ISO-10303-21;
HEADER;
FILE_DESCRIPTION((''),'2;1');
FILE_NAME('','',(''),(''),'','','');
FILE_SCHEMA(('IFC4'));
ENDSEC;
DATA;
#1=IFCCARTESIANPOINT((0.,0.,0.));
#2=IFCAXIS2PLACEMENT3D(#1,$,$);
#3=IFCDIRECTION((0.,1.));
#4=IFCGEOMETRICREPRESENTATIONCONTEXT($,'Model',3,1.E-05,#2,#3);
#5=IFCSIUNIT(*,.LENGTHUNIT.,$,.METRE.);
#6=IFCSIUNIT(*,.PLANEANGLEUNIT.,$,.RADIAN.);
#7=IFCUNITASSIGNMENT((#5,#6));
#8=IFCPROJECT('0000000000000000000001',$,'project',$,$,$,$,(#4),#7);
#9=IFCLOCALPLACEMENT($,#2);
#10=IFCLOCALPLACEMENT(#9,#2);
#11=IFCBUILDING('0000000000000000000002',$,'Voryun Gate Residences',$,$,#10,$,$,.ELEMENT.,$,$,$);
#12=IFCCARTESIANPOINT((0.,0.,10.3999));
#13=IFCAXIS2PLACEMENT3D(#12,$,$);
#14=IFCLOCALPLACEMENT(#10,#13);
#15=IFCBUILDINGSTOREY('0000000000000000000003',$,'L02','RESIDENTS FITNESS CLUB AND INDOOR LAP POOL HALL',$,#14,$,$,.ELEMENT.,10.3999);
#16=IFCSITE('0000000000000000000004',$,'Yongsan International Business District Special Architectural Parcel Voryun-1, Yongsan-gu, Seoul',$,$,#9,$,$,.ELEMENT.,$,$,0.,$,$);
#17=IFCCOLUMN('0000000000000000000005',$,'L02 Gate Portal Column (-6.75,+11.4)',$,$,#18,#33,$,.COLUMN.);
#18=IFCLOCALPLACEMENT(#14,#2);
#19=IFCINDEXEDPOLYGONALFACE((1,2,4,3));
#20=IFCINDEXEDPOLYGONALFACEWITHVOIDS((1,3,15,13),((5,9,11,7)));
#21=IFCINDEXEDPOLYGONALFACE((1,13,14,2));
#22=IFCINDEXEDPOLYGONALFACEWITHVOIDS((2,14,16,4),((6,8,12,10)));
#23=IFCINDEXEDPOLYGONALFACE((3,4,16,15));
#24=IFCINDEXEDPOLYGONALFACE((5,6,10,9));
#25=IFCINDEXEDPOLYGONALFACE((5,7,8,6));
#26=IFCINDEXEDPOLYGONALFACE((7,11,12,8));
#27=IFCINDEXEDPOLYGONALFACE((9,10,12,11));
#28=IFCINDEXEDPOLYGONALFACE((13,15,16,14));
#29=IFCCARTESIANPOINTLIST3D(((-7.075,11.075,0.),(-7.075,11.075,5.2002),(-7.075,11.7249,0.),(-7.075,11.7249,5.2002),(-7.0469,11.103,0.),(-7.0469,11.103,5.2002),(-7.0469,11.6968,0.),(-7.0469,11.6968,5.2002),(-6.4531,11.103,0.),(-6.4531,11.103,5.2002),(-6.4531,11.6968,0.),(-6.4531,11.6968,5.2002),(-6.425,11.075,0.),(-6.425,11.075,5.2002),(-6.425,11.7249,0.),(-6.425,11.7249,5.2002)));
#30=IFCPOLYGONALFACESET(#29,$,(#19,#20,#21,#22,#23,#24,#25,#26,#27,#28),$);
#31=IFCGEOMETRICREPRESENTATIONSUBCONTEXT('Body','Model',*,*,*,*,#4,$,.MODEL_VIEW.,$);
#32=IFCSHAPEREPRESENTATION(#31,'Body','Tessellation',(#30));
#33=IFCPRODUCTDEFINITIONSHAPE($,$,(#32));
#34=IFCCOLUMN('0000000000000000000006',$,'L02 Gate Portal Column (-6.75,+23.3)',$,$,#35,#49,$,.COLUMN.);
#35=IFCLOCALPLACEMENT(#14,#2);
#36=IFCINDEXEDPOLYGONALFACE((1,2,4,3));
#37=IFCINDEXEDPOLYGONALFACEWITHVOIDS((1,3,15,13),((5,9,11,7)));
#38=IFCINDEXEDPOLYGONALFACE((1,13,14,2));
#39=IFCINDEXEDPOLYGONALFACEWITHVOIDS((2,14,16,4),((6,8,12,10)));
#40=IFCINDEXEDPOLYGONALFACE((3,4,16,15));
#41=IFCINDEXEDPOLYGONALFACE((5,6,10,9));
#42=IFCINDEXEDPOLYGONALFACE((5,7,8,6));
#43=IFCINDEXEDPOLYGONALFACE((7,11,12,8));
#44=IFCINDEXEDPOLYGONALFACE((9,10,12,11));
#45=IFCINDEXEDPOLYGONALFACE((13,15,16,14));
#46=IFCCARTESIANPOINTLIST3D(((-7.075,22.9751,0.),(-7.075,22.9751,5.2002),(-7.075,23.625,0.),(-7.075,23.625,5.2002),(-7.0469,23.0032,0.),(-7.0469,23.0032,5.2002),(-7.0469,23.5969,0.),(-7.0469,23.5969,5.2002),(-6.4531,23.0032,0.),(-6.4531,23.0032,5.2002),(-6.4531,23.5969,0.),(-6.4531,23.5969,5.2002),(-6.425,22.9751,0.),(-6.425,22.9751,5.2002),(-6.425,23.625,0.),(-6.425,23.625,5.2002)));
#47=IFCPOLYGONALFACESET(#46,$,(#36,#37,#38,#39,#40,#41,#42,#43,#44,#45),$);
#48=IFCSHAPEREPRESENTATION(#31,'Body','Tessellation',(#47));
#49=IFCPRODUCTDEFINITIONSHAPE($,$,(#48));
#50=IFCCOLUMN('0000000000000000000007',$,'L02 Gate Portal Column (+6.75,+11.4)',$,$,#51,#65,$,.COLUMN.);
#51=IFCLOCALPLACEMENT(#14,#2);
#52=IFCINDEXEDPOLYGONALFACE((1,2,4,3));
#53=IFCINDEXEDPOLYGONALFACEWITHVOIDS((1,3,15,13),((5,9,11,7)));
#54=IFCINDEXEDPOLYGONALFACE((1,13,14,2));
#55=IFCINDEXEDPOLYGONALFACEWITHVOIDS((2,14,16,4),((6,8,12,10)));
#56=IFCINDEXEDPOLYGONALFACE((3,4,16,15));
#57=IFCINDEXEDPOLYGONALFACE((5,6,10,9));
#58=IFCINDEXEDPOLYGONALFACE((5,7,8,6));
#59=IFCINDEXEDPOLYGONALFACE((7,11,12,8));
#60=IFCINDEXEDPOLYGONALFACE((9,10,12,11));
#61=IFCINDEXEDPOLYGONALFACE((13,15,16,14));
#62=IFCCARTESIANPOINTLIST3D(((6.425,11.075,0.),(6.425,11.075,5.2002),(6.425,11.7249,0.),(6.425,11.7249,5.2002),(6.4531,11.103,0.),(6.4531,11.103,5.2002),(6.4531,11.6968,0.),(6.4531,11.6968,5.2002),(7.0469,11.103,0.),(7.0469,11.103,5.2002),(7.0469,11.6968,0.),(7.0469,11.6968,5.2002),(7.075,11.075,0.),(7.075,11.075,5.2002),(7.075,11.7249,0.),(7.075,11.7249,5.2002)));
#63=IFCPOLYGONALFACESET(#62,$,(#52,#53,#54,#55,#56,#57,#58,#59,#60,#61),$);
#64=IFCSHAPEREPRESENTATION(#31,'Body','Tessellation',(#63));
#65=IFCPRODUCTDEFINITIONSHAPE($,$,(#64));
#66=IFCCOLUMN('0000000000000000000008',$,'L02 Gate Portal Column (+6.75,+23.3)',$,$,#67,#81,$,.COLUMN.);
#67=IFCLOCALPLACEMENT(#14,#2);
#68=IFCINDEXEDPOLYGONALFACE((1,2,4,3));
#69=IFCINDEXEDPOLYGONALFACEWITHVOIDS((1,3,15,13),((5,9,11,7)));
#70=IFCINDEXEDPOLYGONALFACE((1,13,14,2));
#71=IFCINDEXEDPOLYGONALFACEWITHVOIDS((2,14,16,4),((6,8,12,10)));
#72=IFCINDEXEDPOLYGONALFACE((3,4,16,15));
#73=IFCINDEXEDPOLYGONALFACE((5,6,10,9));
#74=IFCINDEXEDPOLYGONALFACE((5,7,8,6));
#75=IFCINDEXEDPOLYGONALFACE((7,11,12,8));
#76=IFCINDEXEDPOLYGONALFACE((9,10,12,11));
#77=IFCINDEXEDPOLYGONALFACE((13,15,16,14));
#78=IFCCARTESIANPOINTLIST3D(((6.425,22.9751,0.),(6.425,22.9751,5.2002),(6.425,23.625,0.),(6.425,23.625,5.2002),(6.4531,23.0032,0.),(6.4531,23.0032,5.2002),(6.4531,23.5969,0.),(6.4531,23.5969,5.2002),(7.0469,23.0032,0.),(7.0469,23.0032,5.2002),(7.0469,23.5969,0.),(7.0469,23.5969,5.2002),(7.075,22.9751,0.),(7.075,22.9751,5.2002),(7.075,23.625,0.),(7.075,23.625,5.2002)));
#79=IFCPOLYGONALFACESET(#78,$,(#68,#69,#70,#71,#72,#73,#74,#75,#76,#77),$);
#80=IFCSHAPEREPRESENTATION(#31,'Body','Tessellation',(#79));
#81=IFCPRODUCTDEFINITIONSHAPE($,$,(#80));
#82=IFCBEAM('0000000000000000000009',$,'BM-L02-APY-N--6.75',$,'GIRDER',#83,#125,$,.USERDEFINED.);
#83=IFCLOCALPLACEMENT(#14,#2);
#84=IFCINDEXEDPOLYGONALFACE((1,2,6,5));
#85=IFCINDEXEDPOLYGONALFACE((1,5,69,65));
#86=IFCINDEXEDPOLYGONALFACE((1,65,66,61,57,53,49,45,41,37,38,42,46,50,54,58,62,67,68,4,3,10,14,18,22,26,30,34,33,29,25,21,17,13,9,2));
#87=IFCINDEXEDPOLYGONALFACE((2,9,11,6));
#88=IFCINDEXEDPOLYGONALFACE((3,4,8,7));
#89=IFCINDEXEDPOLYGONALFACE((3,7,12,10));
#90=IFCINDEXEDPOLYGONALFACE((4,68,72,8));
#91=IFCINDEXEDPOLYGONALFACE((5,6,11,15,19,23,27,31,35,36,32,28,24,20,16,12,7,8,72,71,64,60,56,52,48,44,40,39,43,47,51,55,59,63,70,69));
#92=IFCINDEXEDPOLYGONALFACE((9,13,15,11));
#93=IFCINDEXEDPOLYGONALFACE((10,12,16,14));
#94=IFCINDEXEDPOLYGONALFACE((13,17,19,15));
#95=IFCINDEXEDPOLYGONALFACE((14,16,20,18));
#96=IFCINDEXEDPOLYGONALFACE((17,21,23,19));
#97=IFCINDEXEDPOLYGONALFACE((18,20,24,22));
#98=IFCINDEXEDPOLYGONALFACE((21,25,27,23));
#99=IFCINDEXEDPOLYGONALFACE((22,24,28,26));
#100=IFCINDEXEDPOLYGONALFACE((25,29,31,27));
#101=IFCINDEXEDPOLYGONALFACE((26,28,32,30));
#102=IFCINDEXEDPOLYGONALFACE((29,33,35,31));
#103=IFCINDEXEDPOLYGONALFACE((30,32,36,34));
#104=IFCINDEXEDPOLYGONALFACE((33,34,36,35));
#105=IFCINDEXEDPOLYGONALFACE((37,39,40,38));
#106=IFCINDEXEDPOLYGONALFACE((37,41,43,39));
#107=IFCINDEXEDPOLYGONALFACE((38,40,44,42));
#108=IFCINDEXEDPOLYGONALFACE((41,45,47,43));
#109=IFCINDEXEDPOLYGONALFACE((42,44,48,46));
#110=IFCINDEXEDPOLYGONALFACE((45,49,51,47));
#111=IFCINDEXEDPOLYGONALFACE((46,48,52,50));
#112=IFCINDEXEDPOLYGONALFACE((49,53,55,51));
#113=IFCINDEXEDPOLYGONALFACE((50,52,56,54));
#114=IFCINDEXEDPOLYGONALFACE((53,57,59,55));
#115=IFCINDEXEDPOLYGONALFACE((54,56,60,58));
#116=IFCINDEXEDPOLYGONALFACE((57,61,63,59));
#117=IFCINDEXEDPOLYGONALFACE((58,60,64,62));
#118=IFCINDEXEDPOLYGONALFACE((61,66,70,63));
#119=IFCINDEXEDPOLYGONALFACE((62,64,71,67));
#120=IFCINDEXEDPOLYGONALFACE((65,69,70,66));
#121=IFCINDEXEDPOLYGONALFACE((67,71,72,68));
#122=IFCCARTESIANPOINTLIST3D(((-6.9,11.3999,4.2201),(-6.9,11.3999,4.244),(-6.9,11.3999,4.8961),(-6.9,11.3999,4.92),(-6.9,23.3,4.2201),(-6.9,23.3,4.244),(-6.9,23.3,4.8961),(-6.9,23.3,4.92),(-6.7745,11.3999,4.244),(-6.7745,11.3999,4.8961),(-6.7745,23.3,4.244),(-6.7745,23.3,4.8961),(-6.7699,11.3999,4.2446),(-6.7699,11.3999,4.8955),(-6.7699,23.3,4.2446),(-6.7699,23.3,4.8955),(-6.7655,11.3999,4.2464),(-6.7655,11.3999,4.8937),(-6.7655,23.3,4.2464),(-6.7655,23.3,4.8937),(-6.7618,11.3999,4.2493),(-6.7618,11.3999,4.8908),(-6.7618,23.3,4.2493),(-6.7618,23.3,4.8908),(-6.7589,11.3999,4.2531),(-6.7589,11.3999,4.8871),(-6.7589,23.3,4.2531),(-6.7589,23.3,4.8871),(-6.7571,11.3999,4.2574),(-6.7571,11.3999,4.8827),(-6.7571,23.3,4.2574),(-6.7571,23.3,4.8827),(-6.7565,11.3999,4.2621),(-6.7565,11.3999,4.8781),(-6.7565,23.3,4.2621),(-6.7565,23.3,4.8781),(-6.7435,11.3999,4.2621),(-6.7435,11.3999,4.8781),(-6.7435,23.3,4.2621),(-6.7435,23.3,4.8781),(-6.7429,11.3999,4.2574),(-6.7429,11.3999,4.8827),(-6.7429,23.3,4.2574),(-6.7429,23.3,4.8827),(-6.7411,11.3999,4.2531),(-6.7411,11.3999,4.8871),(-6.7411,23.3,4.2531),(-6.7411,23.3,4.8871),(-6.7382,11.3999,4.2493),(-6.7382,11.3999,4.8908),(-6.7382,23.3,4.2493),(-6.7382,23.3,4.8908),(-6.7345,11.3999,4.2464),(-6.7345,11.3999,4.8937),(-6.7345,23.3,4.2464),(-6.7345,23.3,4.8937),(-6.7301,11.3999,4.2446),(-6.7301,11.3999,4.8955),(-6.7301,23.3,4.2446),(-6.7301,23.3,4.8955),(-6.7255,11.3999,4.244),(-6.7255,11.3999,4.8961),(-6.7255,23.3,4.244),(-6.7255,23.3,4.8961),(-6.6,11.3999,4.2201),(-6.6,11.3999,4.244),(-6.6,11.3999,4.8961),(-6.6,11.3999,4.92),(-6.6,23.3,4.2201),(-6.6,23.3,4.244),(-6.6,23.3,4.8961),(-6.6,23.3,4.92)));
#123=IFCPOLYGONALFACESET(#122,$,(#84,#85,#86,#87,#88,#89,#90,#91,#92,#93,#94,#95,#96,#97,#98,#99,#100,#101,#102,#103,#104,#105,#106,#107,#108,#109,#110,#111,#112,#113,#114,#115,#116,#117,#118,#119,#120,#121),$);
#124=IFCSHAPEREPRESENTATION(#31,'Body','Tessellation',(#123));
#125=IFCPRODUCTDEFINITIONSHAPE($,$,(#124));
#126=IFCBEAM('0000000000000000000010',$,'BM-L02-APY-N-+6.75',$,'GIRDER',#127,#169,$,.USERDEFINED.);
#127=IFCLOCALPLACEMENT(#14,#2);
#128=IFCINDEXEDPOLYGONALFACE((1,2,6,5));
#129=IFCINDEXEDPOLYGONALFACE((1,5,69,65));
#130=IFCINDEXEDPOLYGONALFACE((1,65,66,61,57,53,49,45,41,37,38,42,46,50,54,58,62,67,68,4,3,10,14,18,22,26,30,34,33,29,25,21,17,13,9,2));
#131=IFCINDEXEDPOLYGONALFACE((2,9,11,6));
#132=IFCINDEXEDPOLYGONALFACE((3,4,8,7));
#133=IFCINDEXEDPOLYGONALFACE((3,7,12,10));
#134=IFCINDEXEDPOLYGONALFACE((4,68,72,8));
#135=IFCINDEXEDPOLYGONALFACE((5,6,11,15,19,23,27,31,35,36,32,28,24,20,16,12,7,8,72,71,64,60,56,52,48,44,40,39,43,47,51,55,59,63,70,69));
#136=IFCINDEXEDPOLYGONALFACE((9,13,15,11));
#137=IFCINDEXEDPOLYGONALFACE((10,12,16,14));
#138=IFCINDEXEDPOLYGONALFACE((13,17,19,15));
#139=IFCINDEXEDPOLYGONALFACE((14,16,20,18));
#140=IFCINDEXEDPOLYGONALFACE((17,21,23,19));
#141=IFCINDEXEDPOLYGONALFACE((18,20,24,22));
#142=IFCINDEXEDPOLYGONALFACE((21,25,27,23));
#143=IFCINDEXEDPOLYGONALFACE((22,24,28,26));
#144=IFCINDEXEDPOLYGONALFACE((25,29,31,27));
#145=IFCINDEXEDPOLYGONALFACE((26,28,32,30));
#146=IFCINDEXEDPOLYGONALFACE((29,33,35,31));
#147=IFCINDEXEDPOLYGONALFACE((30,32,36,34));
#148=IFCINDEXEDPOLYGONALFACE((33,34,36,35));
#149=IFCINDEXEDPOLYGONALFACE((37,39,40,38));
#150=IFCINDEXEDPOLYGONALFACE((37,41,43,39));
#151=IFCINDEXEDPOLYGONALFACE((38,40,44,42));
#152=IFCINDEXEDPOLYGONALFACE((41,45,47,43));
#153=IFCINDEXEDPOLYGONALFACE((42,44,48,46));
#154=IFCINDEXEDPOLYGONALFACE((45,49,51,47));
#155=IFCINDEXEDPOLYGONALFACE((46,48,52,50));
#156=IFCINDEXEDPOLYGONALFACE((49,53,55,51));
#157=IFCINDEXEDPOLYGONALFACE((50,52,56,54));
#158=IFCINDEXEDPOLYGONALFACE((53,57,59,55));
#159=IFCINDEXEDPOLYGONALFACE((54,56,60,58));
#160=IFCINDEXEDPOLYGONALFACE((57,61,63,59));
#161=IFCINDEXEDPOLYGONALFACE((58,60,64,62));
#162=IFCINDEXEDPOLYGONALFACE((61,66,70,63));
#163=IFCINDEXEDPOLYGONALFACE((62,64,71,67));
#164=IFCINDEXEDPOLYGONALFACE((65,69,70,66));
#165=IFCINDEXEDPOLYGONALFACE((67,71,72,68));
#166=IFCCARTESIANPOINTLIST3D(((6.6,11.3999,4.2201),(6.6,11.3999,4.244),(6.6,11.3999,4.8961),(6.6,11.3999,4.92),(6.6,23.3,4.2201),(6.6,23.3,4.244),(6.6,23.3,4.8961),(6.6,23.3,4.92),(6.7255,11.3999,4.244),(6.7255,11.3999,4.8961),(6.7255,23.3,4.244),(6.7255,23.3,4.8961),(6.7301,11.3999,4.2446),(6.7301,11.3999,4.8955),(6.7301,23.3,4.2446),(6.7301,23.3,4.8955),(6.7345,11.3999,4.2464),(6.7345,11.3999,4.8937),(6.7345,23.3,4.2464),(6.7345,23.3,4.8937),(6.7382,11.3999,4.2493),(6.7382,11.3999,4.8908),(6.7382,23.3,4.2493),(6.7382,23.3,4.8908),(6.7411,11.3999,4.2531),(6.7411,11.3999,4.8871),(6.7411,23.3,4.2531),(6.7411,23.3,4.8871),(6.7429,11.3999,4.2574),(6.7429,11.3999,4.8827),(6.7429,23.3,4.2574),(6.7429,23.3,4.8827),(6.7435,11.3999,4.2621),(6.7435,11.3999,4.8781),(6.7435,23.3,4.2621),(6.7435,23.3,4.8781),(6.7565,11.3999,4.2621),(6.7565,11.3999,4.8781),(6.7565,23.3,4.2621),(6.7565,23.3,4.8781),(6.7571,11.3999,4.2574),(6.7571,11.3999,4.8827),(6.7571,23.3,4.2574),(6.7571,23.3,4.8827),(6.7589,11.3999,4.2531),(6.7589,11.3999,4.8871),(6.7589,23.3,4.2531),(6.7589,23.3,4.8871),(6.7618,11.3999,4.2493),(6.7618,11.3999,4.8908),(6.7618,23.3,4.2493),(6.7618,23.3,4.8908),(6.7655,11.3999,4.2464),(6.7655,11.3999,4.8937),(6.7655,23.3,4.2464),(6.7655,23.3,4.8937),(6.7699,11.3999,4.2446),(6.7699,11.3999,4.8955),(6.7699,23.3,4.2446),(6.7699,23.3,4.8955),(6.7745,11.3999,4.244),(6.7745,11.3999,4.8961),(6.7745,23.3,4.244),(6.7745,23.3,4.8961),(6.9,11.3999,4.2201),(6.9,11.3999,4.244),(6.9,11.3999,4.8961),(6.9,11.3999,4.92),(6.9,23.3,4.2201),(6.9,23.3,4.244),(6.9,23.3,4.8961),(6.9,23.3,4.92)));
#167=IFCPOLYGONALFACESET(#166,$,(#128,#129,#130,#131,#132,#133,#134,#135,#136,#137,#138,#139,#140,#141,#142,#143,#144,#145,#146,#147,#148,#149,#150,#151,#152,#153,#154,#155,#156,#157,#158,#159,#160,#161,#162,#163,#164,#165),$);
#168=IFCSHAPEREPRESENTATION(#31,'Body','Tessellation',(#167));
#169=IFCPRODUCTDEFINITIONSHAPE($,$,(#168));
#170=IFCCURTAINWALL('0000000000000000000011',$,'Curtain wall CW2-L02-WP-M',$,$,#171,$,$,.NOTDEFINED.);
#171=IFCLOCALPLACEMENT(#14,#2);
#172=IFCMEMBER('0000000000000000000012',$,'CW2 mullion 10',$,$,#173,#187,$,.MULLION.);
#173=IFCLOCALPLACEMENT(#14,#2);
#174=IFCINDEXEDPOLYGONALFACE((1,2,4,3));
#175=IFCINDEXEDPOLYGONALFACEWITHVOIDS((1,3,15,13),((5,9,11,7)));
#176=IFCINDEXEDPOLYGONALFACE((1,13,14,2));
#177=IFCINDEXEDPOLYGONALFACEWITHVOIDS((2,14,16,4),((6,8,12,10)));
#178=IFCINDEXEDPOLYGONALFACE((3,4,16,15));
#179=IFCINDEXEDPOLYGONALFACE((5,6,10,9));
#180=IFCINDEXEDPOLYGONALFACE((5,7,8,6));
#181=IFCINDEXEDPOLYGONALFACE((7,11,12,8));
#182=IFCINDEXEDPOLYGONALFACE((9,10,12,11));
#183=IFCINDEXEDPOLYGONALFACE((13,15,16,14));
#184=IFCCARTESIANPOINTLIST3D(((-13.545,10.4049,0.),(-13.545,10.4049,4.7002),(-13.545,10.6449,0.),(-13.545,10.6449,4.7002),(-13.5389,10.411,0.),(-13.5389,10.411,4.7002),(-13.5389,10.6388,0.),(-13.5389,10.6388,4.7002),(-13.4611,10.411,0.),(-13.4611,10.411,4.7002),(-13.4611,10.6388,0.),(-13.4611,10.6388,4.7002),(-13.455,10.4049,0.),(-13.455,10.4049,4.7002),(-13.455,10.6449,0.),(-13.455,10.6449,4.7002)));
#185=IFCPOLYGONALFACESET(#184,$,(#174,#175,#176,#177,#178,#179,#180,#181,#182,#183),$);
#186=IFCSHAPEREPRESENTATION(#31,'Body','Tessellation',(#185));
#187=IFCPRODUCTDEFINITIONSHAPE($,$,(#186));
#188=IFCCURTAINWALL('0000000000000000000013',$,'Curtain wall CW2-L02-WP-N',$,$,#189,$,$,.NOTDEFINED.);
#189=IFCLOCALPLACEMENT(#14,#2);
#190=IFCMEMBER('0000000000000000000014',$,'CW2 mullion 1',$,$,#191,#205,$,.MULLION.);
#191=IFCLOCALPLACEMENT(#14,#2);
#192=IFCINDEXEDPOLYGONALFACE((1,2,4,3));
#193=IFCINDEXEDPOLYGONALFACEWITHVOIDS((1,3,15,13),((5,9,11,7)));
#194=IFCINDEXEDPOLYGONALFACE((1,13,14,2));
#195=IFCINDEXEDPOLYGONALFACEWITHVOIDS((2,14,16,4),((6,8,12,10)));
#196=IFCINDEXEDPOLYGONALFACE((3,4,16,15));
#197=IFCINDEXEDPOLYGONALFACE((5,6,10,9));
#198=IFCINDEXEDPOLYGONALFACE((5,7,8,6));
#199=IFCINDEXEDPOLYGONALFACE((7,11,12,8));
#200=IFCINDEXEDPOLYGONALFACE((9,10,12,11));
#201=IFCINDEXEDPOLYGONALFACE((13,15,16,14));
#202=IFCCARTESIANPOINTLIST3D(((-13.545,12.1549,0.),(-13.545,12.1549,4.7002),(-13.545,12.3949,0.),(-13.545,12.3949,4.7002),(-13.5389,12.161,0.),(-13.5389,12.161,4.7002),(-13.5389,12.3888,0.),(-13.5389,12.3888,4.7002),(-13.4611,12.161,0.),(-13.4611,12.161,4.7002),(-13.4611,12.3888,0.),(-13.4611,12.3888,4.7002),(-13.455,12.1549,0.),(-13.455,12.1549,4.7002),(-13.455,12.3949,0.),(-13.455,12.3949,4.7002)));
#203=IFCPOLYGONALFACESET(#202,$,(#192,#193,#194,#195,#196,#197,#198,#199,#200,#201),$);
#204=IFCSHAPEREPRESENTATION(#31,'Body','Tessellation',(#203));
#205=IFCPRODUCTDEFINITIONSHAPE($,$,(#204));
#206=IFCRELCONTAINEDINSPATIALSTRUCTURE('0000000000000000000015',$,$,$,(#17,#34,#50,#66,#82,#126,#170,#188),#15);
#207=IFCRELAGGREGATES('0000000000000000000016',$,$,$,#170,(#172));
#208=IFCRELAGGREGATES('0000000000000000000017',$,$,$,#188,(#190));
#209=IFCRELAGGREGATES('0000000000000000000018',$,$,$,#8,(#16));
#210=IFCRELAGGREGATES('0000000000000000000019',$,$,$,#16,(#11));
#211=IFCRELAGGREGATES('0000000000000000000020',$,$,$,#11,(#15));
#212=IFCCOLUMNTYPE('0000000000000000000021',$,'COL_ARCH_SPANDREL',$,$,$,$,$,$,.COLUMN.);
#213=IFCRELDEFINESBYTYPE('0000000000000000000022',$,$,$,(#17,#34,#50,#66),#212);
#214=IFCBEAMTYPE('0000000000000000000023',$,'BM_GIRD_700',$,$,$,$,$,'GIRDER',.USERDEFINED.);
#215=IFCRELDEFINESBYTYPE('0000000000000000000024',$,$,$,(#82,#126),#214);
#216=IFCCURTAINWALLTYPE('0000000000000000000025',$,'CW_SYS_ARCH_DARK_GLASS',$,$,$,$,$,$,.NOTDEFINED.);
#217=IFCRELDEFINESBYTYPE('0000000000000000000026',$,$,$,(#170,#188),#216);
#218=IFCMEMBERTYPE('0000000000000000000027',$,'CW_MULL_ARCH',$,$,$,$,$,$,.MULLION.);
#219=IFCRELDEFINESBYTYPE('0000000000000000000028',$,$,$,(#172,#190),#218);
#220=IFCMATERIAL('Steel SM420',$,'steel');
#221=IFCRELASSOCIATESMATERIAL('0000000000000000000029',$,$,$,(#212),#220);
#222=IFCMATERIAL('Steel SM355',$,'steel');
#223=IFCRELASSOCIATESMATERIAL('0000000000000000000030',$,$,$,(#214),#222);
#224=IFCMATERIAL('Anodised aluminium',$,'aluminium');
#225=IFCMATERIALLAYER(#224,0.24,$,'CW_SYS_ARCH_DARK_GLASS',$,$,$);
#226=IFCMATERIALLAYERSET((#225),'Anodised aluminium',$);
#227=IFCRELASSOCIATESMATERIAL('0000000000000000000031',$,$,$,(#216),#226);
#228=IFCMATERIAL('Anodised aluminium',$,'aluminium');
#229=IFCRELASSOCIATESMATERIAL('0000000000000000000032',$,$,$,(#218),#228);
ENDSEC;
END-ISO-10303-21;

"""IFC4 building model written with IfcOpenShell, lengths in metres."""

from ifc_helpers import new_model, si_unit, direction, frame, origin, origin_2d, place, context, subcontext, project, spatial, hollow_rectangle, i_section, extrude, material, layer, layer_set, material_profile, profile_set, type_object, element, aggregate, save


model = new_model("IFC4")

# Units and contexts
model_context = context("Model", 3, precision=1e-05, world=origin(), true_north=direction((0.0, 1.0)))
body_context = subcontext(model_context, "Body", "Model", "MODEL_VIEW")
ifc_project = project(units=[si_unit("LENGTHUNIT", "METRE"), si_unit("PLANEANGLEUNIT", "RADIAN")], contexts=[model_context])

# Site, building, storey
site_placement = place(None, origin())
site = spatial("IfcSite", under=ifc_project, at=site_placement, Name="Yongsan International Business District Special Architectural Parcel Voryun-1, Yongsan-gu, Seoul", CompositionType="ELEMENT", RefElevation=0.0)
building_placement = place(site_placement, origin())
building = spatial("IfcBuilding", under=site, at=building_placement, Name="Voryun Gate Residences", CompositionType="ELEMENT")
storey_placement = place(building_placement, frame((0.0, 0.0, 10.3999)))
storey = spatial("IfcBuildingStorey", under=building, at=storey_placement, Name="L02", Description="RESIDENTS FITNESS CLUB AND INDOOR LAP POOL HALL", CompositionType="ELEMENT", Elevation=10.3999)

# Columns
ifc_material_1 = material(Name="Steel SM420", Category="steel")
ifc_material_profile_1 = material_profile(ifc_material_1, hollow_rectangle(XDim=0.6499, YDim=0.6499, WallThickness=0.0281, at=origin_2d()), Name="BOX-650x650x28")
ifc_profile_set_1 = profile_set([ifc_material_profile_1], Name="Steel SM420")
column_type = type_object("IfcColumnType", Name="COL_ARCH_SPANDREL", PredefinedType="COLUMN", material=ifc_profile_set_1)
for number, where, z_axis, x_axis, name in (
    (1, (-6.75, 11.3999, 0.0), (0.0, 0.0, 1.0), (1.0, 0.0, 0.0), "L02 Gate Portal Column (-6.75,+11.4)"),
    (2, (-6.75, 23.3, 0.0), (0.0, 0.0, 1.0), (1.0, 0.0, 0.0), "L02 Gate Portal Column (-6.75,+23.3)"),
    (3, (6.75, 11.3999, 0.0), (0.0, 0.0, 1.0), (1.0, 0.0, 0.0), "L02 Gate Portal Column (+6.75,+11.4)"),
    (4, (6.75, 23.3, 0.0), (0.0, 0.0, 1.0), (1.0, 0.0, 0.0), "L02 Gate Portal Column (+6.75,+23.3)"),
):
    element("IfcColumn", number, at=place(storey_placement, frame(where, z_axis=z_axis, x_axis=x_axis)), inside=storey, type_object=column_type, Name=name, PredefinedType="COLUMN", context=body_context, shape_type="SweptSolid", body=[
        extrude(hollow_rectangle(XDim=0.6499, YDim=0.6499, WallThickness=0.0281, at=origin_2d()), origin(), (0.0, 0.0, 1.0), 5.2002),
    ])

# Beams
ifc_material_2 = material(Name="Steel SM355", Category="steel")
ifc_material_profile_2 = material_profile(ifc_material_2, i_section(OverallWidth=0.3, OverallDepth=0.7, WebThickness=0.0129, FlangeThickness=0.0239, FilletRadius=0.0181, at=origin_2d()), Name="H-700x300x13x24")
ifc_profile_set_2 = profile_set([ifc_material_profile_2], Name="Steel SM355")
beam_type = type_object("IfcBeamType", Name="BM_GIRD_700", ElementType="GIRDER", PredefinedType="USERDEFINED", material=ifc_profile_set_2)
for number, where, z_axis, x_axis, name in (
    (5, (-6.75, 11.3999, 4.5701), (0.0, 1.0, 0.0), (-1.0, 0.0, 0.0), "BM-L02-APY-N--6.75"),
    (6, (6.75, 11.3999, 4.5701), (0.0, 1.0, 0.0), (-1.0, 0.0, 0.0), "BM-L02-APY-N-+6.75"),
):
    element("IfcBeam", number, at=place(storey_placement, frame(where, z_axis=z_axis, x_axis=x_axis)), inside=storey, type_object=beam_type, Name=name, ObjectType="GIRDER", PredefinedType="USERDEFINED", context=body_context, shape_type="SweptSolid", body=[
        extrude(i_section(OverallWidth=0.3, OverallDepth=0.7, WebThickness=0.0129, FlangeThickness=0.0239, FilletRadius=0.0181, at=origin_2d()), origin(), (0.0, 0.0, 1.0), 11.9001),
    ])

# Curtain wall, member
ifc_material_3 = material(Name="Anodised aluminium", Category="aluminium")
ifc_layer_1 = layer(ifc_material_3, 0.24, Name="CW_SYS_ARCH_DARK_GLASS")
ifc_layer_set_1 = layer_set([ifc_layer_1], Name="Anodised aluminium")
curtain_wall_type = type_object("IfcCurtainWallType", Name="CW_SYS_ARCH_DARK_GLASS", PredefinedType="NOTDEFINED", material=ifc_layer_set_1)
curtain_wall_1_placement = place(storey_placement, origin())
curtain_wall_1 = element("IfcCurtainWall", 7, at=curtain_wall_1_placement, inside=storey, type_object=curtain_wall_type, Name="Curtain wall CW2-L02-WP-M", PredefinedType="NOTDEFINED")
ifc_material_4 = material(Name="Anodised aluminium", Category="aluminium")
ifc_material_profile_3 = material_profile(ifc_material_4, hollow_rectangle(XDim=0.0901, YDim=0.24, WallThickness=0.0061, at=origin_2d()), Name="ALU-MULL-240x90x6")
ifc_profile_set_3 = profile_set([ifc_material_profile_3], Name="Anodised aluminium")
member_type_1 = type_object("IfcMemberType", Name="CW_MULL_ARCH", PredefinedType="MULLION", material=ifc_profile_set_3)
member_1_placement = place(storey_placement, frame((-13.5, 10.5249, 0.0), z_axis=(0.0, 0.0, 1.0), x_axis=(-1.0, 0.0, 0.0)))
member_1 = element("IfcMember", 8, at=member_1_placement, type_object=member_type_1, Name="CW2 mullion 10", PredefinedType="MULLION", context=body_context, shape_type="SweptSolid", body=[
    extrude(hollow_rectangle(XDim=0.0901, YDim=0.24, WallThickness=0.0061, at=origin_2d()), origin(), (0.0, 0.0, 1.0), 4.7002),
])

# Curtain wall, member
curtain_wall_2_placement = place(storey_placement, origin())
curtain_wall_2 = element("IfcCurtainWall", 9, at=curtain_wall_2_placement, inside=storey, type_object=curtain_wall_type, Name="Curtain wall CW2-L02-WP-N", PredefinedType="NOTDEFINED")
member_2_placement = place(storey_placement, frame((-13.5, 12.2749, 0.0), z_axis=(0.0, 0.0, 1.0), x_axis=(-1.0, 0.0, 0.0)))
member_2 = element("IfcMember", 10, at=member_2_placement, type_object=member_type_1, Name="CW2 mullion 1", PredefinedType="MULLION", context=body_context, shape_type="SweptSolid", body=[
    extrude(hollow_rectangle(XDim=0.0901, YDim=0.24, WallThickness=0.0061, at=origin_2d()), origin(), (0.0, 0.0, 1.0), 4.7002),
])

aggregate(curtain_wall_1, [member_1])
aggregate(curtain_wall_2, [member_2])

save(model, "model.ifc")
